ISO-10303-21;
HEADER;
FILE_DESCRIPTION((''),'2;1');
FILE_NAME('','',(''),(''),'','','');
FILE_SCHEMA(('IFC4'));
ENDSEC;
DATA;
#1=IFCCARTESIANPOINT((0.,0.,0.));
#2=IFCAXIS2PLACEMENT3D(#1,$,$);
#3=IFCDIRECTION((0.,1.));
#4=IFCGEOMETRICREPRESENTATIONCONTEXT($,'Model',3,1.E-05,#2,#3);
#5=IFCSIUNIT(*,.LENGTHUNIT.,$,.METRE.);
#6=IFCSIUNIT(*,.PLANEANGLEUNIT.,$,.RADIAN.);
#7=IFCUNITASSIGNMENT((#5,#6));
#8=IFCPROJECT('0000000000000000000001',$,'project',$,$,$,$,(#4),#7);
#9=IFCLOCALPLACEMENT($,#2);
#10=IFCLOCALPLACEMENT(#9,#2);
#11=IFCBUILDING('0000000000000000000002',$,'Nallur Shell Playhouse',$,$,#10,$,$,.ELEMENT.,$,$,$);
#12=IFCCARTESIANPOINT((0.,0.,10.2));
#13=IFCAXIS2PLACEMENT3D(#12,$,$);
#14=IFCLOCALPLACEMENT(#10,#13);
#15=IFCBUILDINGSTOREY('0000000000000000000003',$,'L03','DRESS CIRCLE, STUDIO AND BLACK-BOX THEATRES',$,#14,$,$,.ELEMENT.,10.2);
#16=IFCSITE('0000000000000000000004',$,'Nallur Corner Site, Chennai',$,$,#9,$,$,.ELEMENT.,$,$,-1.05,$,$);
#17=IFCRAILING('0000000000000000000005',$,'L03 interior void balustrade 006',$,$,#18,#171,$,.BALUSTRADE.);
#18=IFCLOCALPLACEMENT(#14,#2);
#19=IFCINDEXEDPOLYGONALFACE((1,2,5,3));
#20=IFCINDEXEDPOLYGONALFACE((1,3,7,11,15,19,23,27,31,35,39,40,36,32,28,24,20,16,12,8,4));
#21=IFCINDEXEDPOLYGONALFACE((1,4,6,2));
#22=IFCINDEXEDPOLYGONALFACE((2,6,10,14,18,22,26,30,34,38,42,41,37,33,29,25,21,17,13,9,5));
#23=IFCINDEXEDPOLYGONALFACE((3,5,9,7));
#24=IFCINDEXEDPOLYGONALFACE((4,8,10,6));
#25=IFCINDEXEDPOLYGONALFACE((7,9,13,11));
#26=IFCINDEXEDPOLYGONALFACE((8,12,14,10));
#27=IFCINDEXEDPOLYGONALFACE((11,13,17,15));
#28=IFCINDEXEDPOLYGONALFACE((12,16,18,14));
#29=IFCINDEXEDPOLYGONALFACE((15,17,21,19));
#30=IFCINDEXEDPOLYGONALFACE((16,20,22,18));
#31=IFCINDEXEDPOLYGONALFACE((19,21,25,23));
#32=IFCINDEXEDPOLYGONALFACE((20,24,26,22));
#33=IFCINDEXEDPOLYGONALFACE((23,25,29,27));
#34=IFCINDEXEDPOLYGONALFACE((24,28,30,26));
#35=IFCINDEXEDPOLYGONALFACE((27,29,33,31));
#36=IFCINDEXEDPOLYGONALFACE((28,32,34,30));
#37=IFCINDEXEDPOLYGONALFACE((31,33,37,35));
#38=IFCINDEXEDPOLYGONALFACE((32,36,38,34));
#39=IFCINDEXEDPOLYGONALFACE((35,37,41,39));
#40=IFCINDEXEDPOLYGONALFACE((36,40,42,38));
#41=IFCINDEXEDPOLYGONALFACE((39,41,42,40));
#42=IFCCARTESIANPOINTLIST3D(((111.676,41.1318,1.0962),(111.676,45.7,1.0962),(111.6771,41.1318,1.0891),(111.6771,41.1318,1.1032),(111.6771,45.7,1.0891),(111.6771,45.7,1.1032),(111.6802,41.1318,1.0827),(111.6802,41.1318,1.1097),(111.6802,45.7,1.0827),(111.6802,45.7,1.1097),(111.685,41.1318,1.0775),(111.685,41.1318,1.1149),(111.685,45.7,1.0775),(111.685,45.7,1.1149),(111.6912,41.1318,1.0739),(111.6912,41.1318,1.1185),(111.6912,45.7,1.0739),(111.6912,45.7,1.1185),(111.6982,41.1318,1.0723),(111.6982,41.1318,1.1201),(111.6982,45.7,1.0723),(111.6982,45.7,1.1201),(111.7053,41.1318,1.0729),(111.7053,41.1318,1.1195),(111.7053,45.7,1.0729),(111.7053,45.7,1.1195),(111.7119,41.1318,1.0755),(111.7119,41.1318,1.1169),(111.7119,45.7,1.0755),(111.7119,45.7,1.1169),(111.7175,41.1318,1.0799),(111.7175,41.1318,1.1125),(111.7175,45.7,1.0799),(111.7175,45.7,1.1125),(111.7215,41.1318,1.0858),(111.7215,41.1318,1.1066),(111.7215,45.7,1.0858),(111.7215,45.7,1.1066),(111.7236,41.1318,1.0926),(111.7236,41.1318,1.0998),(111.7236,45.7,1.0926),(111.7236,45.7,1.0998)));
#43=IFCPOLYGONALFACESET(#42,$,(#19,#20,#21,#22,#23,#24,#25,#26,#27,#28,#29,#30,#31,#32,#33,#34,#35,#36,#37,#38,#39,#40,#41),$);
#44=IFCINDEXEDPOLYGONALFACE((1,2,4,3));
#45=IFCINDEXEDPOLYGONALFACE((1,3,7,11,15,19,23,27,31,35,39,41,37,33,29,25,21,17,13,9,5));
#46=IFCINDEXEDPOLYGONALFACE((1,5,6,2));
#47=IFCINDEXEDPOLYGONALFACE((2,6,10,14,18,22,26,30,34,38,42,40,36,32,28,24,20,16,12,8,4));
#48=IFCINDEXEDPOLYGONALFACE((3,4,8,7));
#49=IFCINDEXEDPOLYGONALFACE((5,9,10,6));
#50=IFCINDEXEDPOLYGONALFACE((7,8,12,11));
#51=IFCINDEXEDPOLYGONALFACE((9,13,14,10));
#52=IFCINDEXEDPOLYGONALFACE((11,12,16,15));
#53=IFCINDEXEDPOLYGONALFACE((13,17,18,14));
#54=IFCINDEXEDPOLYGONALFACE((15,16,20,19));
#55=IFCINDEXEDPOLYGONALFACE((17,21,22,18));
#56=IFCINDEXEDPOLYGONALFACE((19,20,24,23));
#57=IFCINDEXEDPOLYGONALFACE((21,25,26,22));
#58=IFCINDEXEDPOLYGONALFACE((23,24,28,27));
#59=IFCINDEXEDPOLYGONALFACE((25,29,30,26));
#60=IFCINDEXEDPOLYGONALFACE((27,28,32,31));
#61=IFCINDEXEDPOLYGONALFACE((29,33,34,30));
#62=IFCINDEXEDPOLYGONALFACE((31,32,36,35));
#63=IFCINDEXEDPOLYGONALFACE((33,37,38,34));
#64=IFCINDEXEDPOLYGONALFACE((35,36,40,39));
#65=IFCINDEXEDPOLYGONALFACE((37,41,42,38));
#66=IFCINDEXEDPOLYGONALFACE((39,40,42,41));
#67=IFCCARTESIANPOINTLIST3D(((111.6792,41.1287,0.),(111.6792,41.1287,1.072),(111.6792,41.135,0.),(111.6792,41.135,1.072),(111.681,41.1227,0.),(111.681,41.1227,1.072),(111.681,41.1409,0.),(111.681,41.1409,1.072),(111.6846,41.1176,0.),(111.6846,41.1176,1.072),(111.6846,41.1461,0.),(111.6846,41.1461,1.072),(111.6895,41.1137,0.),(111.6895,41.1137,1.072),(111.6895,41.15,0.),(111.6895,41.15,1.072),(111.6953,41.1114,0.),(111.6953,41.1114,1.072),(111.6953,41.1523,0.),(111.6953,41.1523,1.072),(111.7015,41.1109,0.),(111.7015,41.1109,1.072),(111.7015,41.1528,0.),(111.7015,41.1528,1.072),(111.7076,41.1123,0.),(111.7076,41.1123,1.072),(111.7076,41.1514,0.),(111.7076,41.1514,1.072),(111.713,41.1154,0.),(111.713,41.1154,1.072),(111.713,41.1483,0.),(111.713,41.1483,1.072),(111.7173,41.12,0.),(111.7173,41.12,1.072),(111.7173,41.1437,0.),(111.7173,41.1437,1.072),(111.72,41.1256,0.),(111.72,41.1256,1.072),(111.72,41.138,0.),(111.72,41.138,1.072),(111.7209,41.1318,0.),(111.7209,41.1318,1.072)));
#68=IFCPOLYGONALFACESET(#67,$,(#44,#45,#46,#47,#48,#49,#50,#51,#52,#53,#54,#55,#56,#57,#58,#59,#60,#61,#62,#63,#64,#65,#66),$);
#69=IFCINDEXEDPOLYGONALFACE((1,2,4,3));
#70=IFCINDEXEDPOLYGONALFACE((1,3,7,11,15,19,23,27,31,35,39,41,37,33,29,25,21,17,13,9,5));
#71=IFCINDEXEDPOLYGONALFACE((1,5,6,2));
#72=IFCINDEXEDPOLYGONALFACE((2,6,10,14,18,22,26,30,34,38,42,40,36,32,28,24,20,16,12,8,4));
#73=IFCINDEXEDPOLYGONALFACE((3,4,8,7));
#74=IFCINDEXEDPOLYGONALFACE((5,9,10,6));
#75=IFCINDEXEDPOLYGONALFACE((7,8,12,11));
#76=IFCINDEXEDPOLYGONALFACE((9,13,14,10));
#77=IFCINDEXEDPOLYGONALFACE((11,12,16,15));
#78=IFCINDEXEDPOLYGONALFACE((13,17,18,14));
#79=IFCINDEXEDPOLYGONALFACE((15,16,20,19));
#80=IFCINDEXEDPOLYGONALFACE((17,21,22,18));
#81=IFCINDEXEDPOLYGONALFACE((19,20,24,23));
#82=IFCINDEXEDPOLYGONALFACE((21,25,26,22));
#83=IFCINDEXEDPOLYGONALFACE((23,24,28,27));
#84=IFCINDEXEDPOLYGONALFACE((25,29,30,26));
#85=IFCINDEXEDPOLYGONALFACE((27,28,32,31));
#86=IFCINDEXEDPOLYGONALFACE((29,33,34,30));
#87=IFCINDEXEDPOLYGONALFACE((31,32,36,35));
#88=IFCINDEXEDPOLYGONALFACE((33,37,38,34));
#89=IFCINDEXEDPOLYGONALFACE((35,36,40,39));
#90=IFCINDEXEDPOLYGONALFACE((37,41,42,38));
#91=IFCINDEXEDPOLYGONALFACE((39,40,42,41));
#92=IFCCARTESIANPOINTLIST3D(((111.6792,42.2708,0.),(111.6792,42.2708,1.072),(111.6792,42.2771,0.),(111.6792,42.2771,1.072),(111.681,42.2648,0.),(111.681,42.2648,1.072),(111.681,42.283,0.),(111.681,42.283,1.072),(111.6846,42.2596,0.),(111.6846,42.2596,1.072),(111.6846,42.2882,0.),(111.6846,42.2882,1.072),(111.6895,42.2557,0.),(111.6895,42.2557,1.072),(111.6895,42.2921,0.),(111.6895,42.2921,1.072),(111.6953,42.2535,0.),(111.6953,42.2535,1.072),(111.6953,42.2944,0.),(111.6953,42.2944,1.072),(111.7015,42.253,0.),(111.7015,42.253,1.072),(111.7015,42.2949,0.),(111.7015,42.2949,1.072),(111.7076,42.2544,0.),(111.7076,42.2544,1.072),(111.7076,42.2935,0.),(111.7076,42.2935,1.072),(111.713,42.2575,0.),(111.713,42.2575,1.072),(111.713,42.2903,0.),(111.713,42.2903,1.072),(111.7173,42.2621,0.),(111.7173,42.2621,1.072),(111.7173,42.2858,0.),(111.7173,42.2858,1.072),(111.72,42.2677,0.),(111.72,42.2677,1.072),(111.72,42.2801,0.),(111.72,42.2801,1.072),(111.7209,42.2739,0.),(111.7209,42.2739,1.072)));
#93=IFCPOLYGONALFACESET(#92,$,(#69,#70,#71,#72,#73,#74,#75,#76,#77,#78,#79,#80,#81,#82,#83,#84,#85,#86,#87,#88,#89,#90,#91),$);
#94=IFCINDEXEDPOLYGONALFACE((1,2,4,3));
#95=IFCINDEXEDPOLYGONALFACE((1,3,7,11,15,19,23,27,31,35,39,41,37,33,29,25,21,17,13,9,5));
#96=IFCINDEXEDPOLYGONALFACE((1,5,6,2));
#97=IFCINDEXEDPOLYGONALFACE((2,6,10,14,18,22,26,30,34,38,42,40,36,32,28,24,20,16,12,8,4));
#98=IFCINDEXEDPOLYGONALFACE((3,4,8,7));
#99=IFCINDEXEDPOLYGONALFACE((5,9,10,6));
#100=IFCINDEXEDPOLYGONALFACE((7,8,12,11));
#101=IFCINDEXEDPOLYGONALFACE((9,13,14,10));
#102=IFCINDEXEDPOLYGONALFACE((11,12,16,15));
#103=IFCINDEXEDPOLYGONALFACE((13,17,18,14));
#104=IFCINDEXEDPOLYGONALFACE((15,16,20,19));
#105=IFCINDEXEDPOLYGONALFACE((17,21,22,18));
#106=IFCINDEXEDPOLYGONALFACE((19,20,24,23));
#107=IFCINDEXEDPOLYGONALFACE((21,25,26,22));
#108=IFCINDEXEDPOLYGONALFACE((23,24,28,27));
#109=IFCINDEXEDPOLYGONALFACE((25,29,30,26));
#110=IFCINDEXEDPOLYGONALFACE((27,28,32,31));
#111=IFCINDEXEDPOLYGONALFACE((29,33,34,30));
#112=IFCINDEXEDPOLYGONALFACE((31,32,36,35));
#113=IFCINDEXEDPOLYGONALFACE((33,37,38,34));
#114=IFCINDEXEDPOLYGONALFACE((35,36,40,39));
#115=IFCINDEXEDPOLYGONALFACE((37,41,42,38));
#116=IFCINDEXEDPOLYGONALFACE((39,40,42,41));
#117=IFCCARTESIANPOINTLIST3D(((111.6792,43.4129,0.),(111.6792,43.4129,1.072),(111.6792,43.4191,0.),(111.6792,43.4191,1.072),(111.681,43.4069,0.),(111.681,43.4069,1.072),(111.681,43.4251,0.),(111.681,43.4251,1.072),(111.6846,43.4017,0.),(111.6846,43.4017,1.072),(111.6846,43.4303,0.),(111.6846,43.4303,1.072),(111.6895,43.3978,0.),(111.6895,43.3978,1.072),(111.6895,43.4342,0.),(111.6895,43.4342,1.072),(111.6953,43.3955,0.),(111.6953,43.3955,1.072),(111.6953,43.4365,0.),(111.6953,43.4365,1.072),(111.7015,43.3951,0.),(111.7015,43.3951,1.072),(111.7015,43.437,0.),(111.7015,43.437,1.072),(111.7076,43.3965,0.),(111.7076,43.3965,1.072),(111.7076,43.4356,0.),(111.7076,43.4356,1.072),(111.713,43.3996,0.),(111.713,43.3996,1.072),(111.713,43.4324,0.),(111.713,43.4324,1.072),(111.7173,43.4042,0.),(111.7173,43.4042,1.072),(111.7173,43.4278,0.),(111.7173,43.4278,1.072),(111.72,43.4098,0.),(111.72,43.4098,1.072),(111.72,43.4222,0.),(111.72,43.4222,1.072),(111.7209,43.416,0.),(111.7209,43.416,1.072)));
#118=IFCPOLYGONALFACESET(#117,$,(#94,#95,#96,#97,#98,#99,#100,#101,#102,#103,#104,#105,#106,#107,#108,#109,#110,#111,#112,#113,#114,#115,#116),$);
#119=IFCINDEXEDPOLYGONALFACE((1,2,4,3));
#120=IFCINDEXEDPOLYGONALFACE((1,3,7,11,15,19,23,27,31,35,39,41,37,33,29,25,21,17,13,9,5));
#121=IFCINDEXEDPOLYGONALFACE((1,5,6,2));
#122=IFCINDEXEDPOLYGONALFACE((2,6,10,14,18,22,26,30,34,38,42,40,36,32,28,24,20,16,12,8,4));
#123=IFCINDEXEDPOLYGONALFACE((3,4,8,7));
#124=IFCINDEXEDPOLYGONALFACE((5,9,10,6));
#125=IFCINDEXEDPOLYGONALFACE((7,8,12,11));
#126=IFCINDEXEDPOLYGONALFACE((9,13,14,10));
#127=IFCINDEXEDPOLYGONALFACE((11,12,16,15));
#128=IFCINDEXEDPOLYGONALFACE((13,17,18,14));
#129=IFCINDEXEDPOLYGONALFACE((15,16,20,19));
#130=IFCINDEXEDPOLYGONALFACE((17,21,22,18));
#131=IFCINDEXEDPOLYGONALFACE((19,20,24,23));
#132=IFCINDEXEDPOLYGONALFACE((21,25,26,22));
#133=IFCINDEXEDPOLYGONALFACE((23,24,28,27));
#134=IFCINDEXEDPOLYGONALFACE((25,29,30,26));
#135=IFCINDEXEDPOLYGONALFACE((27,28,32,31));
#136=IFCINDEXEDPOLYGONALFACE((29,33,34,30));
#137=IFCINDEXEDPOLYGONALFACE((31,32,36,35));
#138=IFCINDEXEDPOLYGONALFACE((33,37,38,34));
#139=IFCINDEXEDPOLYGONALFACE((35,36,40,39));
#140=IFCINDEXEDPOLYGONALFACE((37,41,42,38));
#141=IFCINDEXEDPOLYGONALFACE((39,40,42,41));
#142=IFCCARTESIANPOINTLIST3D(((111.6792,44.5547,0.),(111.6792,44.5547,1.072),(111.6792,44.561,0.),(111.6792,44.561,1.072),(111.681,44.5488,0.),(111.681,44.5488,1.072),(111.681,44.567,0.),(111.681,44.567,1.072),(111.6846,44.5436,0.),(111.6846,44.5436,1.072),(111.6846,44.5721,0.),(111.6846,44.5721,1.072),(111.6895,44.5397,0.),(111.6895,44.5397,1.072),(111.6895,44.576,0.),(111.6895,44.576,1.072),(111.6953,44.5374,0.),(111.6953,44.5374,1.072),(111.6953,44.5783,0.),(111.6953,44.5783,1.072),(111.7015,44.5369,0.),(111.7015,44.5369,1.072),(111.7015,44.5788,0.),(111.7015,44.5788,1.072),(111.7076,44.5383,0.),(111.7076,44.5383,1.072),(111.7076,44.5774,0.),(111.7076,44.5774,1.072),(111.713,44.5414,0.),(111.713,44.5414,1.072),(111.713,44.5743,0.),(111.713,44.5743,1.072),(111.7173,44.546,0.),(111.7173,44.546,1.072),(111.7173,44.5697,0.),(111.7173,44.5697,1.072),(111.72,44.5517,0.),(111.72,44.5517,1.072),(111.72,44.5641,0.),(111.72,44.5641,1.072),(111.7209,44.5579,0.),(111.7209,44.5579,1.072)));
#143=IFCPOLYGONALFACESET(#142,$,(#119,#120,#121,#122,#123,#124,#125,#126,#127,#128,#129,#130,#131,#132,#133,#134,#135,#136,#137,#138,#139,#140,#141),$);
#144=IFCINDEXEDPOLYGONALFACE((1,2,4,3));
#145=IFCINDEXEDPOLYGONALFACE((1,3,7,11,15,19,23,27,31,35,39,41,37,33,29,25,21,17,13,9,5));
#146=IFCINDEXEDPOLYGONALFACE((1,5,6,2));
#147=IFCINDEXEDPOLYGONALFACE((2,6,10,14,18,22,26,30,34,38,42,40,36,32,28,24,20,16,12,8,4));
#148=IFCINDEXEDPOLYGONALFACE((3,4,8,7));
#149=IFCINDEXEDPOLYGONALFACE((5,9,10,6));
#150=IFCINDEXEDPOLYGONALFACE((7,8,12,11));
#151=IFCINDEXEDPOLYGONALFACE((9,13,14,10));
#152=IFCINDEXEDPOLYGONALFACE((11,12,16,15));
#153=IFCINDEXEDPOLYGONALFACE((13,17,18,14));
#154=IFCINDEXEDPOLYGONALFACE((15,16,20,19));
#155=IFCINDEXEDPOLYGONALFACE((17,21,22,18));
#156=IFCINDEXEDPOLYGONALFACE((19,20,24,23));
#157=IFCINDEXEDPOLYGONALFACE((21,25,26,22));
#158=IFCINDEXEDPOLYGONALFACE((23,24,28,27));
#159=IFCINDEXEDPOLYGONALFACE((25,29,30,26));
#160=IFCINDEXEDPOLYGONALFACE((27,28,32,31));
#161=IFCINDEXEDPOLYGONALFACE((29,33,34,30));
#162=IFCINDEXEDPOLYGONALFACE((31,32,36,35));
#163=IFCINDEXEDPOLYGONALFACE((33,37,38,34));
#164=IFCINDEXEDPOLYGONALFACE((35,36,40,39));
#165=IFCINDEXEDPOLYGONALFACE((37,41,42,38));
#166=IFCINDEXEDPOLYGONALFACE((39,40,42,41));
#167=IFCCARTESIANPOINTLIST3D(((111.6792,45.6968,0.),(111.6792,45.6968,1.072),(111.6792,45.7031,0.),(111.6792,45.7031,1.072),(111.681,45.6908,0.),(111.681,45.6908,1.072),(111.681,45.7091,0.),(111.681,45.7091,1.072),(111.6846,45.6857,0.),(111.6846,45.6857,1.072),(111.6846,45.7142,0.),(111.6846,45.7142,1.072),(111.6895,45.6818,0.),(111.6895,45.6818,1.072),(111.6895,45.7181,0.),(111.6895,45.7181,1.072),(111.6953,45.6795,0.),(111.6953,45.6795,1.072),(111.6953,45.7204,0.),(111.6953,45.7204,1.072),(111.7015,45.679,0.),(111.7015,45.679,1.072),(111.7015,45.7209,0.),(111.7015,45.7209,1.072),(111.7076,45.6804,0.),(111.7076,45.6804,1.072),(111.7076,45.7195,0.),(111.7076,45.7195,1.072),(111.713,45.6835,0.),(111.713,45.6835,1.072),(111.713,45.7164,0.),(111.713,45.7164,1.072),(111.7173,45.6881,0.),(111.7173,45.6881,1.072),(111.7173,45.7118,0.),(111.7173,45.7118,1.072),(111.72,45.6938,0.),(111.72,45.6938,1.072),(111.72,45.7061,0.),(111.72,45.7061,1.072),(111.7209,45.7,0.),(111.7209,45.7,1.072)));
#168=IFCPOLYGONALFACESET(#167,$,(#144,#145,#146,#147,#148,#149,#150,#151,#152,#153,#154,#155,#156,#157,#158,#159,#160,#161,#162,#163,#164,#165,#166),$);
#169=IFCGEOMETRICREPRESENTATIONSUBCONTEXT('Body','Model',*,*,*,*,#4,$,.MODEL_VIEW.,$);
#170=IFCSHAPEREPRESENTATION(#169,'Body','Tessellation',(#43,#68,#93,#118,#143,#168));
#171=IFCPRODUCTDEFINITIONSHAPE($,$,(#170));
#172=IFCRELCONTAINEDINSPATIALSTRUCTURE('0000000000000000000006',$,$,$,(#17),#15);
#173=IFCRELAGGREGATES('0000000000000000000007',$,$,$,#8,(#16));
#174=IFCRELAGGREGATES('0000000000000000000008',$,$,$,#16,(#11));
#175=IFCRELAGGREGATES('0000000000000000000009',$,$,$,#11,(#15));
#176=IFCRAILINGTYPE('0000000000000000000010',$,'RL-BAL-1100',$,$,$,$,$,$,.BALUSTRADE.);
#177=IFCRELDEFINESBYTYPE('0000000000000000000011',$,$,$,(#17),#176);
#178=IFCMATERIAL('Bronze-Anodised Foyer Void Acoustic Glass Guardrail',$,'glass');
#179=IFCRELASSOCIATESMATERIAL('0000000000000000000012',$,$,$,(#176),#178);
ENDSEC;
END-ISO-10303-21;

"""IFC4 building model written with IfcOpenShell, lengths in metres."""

from ifc_helpers import new_model, si_unit, direction, frame, origin, origin_2d, place, context, subcontext, project, spatial, circle, extrude, material, type_object, element, save


model = new_model("IFC4")

# Units and contexts
model_context = context("Model", 3, precision=1e-05, world=origin(), true_north=direction((0.0, 1.0)))
body_context = subcontext(model_context, "Body", "Model", "MODEL_VIEW")
ifc_project = project(units=[si_unit("LENGTHUNIT", "METRE"), si_unit("PLANEANGLEUNIT", "RADIAN")], contexts=[model_context])

# Site, building, storey
site_placement = place(None, origin())
site = spatial("IfcSite", under=ifc_project, at=site_placement, Name="Nallur Corner Site, Chennai", CompositionType="ELEMENT", RefElevation=-1.05)
building_placement = place(site_placement, origin())
building = spatial("IfcBuilding", under=site, at=building_placement, Name="Nallur Shell Playhouse", CompositionType="ELEMENT")
storey_placement = place(building_placement, frame((0.0, 0.0, 10.2)))
storey = spatial("IfcBuildingStorey", under=building, at=storey_placement, Name="L03", Description="DRESS CIRCLE, STUDIO AND BLACK-BOX THEATRES", CompositionType="ELEMENT", Elevation=10.2)

# Railing
ifc_material_1 = material(Name="Bronze-Anodised Foyer Void Acoustic Glass Guardrail", Category="glass")
railing_type_1 = type_object("IfcRailingType", Name="RL-BAL-1100", PredefinedType="BALUSTRADE", material=ifc_material_1)
railing_1_placement = place(storey_placement, frame((111.7, 41.1318, 0.0)))
element("IfcRailing", 1, at=railing_1_placement, inside=storey, type_object=railing_type_1, Name="L03 interior void balustrade 006", PredefinedType="BALUSTRADE", context=body_context, shape_type="SweptSolid", body=[
    extrude(circle(Radius=0.0239, at=origin_2d()), frame((0.0, 0.0, 1.0962), z_axis=(0.0, 1.0, 0.0), x_axis=(-1.0, 0.0, 0.0)), (0.0, 0.0, 1.0), 4.5681),
    extrude(circle(Radius=0.021, at=origin_2d()), origin(), (0.0, 0.0, 1.0), 1.072),
    extrude(circle(Radius=0.021, at=origin_2d()), frame((0.0, 1.1421, 0.0)), (0.0, 0.0, 1.0), 1.072),
    extrude(circle(Radius=0.021, at=origin_2d()), frame((0.0, 2.2842, 0.0)), (0.0, 0.0, 1.0), 1.072),
    extrude(circle(Radius=0.021, at=origin_2d()), frame((0.0, 3.426, 0.0)), (0.0, 0.0, 1.0), 1.072),
    extrude(circle(Radius=0.021, at=origin_2d()), frame((0.0, 4.5681, 0.0)), (0.0, 0.0, 1.0), 1.072),
])

save(model, "model.ifc")
